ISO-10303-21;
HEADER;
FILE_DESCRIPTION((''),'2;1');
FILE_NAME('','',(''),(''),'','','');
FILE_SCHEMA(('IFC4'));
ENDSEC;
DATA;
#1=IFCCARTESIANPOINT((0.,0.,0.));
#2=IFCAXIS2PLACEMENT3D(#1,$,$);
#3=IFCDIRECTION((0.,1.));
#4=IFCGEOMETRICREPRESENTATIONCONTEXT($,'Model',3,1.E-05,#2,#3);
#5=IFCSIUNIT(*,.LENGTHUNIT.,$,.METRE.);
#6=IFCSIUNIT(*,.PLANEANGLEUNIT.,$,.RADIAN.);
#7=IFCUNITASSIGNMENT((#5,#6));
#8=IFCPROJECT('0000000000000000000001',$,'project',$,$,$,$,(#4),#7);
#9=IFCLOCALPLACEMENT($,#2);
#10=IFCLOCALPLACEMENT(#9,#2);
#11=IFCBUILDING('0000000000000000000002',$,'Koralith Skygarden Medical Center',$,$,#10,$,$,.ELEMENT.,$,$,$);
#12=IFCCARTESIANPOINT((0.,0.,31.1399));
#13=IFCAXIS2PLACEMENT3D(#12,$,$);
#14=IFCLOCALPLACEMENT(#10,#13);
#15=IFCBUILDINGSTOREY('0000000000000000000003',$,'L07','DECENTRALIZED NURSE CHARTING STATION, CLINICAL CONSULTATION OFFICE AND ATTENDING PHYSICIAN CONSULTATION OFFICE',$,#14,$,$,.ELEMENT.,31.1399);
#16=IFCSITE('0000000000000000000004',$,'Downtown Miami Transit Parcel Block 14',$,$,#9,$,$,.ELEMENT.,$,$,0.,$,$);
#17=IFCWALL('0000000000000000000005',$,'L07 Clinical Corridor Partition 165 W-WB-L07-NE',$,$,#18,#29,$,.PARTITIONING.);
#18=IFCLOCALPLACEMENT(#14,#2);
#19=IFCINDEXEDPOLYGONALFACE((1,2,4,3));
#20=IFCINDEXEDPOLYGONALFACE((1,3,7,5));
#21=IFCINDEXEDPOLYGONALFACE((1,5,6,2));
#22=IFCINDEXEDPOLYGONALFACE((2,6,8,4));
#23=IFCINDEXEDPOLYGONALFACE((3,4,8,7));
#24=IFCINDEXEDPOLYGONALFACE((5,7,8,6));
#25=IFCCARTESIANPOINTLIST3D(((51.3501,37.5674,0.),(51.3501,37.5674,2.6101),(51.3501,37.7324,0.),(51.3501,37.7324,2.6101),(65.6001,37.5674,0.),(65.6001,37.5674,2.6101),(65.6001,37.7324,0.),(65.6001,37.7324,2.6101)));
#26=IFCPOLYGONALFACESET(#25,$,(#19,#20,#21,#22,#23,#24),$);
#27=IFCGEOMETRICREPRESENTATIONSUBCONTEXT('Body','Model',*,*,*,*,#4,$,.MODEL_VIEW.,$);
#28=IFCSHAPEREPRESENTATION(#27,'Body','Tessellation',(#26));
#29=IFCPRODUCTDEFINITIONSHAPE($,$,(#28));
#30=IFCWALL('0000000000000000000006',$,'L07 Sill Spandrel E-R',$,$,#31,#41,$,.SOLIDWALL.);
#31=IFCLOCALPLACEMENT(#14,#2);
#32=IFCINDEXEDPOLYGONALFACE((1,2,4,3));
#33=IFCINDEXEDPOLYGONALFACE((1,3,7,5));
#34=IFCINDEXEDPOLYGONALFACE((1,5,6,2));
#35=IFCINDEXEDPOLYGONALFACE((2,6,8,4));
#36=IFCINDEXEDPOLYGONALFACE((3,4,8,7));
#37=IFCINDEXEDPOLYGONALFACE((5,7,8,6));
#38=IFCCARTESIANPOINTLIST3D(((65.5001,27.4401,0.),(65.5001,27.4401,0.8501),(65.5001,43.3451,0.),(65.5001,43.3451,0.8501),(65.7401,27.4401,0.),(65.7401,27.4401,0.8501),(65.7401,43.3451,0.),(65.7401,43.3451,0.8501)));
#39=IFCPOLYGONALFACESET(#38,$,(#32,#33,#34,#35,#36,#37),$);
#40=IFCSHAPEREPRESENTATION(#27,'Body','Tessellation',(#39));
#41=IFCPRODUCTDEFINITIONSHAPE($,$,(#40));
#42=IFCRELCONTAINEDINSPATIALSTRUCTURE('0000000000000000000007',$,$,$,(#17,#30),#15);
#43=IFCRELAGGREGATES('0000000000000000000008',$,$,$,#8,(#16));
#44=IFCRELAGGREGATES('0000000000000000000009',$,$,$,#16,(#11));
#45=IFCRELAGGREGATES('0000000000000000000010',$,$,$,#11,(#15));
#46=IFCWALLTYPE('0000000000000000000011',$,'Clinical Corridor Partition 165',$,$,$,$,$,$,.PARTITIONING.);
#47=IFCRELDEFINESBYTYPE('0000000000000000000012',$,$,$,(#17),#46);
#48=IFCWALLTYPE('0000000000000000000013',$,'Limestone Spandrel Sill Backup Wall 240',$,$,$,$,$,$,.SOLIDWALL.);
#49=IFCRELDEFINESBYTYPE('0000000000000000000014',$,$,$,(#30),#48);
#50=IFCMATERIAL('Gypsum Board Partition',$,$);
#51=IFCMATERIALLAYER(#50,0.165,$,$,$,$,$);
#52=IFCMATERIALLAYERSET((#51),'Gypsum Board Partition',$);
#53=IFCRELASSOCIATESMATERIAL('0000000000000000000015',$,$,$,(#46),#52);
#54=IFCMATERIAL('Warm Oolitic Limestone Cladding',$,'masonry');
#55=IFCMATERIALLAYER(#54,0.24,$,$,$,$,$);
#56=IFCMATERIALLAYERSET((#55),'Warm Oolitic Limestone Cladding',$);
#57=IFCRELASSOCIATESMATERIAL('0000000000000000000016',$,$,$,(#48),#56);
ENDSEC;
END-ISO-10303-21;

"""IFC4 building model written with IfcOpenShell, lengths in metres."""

from ifc_helpers import new_model, si_unit, direction, frame, frame_2d, origin, place, context, subcontext, project, spatial, rectangle, extrude, material, layer, layer_set, type_object, element, save


model = new_model("IFC4")

# Units and contexts
model_context = context("Model", 3, precision=1e-05, world=origin(), true_north=direction((0.0, 1.0)))
body_context = subcontext(model_context, "Body", "Model", "MODEL_VIEW")
ifc_project = project(units=[si_unit("LENGTHUNIT", "METRE"), si_unit("PLANEANGLEUNIT", "RADIAN")], contexts=[model_context])

# Site, building, storey
site_placement = place(None, origin())
site = spatial("IfcSite", under=ifc_project, at=site_placement, Name="Downtown Miami Transit Parcel Block 14", CompositionType="ELEMENT", RefElevation=0.0)
building_placement = place(site_placement, origin())
building = spatial("IfcBuilding", under=site, at=building_placement, Name="Koralith Skygarden Medical Center", CompositionType="ELEMENT")
storey_placement = place(building_placement, frame((0.0, 0.0, 31.1399)))
storey = spatial("IfcBuildingStorey", under=building, at=storey_placement, Name="L07", Description="DECENTRALIZED NURSE CHARTING STATION, CLINICAL CONSULTATION OFFICE AND ATTENDING PHYSICIAN CONSULTATION OFFICE", CompositionType="ELEMENT", Elevation=31.1399)

# Shared definitions
ifc_material_1 = material(Name="Warm Oolitic Limestone Cladding", Category="masonry")

# Wall
ifc_material_2 = material(Name="Gypsum Board Partition")
ifc_layer_1 = layer(ifc_material_2, 0.165)
ifc_layer_set_1 = layer_set([ifc_layer_1], Name="Gypsum Board Partition")
wall_type_1 = type_object("IfcWallType", Name="Clinical Corridor Partition 165", PredefinedType="PARTITIONING", material=ifc_layer_set_1)
wall_1_placement = place(storey_placement, frame((51.3501, 37.6499, 0.0), z_axis=(0.0, 0.0, 1.0), x_axis=(1.0, 0.0, 0.0)))
element("IfcWall", 1, at=wall_1_placement, inside=storey, type_object=wall_type_1, Name="L07 Clinical Corridor Partition 165 W-WB-L07-NE", PredefinedType="PARTITIONING", context=body_context, shape_type="SweptSolid", body=[
    extrude(rectangle(XDim=14.25, YDim=0.165, at=frame_2d((7.125, 0.0))), origin(), (0.0, 0.0, 1.0), 2.6101),
])

# Wall
ifc_layer_2 = layer(ifc_material_1, 0.24)
ifc_layer_set_2 = layer_set([ifc_layer_2], Name="Warm Oolitic Limestone Cladding")
wall_type_2 = type_object("IfcWallType", Name="Limestone Spandrel Sill Backup Wall 240", PredefinedType="SOLIDWALL", material=ifc_layer_set_2)
wall_2_placement = place(storey_placement, frame((65.6201, 27.4399, 0.0), z_axis=(0.0, 0.0, 1.0), x_axis=(0.0, 1.0, 0.0)))
element("IfcWall", 2, at=wall_2_placement, inside=storey, type_object=wall_type_2, Name="L07 Sill Spandrel E-R", PredefinedType="SOLIDWALL", context=body_context, shape_type="SweptSolid", body=[
    extrude(rectangle(XDim=15.905, YDim=0.24, at=frame_2d((7.9526, 0.0))), origin(), (0.0, 0.0, 1.0), 0.8501),
])

save(model, "model.ifc")
